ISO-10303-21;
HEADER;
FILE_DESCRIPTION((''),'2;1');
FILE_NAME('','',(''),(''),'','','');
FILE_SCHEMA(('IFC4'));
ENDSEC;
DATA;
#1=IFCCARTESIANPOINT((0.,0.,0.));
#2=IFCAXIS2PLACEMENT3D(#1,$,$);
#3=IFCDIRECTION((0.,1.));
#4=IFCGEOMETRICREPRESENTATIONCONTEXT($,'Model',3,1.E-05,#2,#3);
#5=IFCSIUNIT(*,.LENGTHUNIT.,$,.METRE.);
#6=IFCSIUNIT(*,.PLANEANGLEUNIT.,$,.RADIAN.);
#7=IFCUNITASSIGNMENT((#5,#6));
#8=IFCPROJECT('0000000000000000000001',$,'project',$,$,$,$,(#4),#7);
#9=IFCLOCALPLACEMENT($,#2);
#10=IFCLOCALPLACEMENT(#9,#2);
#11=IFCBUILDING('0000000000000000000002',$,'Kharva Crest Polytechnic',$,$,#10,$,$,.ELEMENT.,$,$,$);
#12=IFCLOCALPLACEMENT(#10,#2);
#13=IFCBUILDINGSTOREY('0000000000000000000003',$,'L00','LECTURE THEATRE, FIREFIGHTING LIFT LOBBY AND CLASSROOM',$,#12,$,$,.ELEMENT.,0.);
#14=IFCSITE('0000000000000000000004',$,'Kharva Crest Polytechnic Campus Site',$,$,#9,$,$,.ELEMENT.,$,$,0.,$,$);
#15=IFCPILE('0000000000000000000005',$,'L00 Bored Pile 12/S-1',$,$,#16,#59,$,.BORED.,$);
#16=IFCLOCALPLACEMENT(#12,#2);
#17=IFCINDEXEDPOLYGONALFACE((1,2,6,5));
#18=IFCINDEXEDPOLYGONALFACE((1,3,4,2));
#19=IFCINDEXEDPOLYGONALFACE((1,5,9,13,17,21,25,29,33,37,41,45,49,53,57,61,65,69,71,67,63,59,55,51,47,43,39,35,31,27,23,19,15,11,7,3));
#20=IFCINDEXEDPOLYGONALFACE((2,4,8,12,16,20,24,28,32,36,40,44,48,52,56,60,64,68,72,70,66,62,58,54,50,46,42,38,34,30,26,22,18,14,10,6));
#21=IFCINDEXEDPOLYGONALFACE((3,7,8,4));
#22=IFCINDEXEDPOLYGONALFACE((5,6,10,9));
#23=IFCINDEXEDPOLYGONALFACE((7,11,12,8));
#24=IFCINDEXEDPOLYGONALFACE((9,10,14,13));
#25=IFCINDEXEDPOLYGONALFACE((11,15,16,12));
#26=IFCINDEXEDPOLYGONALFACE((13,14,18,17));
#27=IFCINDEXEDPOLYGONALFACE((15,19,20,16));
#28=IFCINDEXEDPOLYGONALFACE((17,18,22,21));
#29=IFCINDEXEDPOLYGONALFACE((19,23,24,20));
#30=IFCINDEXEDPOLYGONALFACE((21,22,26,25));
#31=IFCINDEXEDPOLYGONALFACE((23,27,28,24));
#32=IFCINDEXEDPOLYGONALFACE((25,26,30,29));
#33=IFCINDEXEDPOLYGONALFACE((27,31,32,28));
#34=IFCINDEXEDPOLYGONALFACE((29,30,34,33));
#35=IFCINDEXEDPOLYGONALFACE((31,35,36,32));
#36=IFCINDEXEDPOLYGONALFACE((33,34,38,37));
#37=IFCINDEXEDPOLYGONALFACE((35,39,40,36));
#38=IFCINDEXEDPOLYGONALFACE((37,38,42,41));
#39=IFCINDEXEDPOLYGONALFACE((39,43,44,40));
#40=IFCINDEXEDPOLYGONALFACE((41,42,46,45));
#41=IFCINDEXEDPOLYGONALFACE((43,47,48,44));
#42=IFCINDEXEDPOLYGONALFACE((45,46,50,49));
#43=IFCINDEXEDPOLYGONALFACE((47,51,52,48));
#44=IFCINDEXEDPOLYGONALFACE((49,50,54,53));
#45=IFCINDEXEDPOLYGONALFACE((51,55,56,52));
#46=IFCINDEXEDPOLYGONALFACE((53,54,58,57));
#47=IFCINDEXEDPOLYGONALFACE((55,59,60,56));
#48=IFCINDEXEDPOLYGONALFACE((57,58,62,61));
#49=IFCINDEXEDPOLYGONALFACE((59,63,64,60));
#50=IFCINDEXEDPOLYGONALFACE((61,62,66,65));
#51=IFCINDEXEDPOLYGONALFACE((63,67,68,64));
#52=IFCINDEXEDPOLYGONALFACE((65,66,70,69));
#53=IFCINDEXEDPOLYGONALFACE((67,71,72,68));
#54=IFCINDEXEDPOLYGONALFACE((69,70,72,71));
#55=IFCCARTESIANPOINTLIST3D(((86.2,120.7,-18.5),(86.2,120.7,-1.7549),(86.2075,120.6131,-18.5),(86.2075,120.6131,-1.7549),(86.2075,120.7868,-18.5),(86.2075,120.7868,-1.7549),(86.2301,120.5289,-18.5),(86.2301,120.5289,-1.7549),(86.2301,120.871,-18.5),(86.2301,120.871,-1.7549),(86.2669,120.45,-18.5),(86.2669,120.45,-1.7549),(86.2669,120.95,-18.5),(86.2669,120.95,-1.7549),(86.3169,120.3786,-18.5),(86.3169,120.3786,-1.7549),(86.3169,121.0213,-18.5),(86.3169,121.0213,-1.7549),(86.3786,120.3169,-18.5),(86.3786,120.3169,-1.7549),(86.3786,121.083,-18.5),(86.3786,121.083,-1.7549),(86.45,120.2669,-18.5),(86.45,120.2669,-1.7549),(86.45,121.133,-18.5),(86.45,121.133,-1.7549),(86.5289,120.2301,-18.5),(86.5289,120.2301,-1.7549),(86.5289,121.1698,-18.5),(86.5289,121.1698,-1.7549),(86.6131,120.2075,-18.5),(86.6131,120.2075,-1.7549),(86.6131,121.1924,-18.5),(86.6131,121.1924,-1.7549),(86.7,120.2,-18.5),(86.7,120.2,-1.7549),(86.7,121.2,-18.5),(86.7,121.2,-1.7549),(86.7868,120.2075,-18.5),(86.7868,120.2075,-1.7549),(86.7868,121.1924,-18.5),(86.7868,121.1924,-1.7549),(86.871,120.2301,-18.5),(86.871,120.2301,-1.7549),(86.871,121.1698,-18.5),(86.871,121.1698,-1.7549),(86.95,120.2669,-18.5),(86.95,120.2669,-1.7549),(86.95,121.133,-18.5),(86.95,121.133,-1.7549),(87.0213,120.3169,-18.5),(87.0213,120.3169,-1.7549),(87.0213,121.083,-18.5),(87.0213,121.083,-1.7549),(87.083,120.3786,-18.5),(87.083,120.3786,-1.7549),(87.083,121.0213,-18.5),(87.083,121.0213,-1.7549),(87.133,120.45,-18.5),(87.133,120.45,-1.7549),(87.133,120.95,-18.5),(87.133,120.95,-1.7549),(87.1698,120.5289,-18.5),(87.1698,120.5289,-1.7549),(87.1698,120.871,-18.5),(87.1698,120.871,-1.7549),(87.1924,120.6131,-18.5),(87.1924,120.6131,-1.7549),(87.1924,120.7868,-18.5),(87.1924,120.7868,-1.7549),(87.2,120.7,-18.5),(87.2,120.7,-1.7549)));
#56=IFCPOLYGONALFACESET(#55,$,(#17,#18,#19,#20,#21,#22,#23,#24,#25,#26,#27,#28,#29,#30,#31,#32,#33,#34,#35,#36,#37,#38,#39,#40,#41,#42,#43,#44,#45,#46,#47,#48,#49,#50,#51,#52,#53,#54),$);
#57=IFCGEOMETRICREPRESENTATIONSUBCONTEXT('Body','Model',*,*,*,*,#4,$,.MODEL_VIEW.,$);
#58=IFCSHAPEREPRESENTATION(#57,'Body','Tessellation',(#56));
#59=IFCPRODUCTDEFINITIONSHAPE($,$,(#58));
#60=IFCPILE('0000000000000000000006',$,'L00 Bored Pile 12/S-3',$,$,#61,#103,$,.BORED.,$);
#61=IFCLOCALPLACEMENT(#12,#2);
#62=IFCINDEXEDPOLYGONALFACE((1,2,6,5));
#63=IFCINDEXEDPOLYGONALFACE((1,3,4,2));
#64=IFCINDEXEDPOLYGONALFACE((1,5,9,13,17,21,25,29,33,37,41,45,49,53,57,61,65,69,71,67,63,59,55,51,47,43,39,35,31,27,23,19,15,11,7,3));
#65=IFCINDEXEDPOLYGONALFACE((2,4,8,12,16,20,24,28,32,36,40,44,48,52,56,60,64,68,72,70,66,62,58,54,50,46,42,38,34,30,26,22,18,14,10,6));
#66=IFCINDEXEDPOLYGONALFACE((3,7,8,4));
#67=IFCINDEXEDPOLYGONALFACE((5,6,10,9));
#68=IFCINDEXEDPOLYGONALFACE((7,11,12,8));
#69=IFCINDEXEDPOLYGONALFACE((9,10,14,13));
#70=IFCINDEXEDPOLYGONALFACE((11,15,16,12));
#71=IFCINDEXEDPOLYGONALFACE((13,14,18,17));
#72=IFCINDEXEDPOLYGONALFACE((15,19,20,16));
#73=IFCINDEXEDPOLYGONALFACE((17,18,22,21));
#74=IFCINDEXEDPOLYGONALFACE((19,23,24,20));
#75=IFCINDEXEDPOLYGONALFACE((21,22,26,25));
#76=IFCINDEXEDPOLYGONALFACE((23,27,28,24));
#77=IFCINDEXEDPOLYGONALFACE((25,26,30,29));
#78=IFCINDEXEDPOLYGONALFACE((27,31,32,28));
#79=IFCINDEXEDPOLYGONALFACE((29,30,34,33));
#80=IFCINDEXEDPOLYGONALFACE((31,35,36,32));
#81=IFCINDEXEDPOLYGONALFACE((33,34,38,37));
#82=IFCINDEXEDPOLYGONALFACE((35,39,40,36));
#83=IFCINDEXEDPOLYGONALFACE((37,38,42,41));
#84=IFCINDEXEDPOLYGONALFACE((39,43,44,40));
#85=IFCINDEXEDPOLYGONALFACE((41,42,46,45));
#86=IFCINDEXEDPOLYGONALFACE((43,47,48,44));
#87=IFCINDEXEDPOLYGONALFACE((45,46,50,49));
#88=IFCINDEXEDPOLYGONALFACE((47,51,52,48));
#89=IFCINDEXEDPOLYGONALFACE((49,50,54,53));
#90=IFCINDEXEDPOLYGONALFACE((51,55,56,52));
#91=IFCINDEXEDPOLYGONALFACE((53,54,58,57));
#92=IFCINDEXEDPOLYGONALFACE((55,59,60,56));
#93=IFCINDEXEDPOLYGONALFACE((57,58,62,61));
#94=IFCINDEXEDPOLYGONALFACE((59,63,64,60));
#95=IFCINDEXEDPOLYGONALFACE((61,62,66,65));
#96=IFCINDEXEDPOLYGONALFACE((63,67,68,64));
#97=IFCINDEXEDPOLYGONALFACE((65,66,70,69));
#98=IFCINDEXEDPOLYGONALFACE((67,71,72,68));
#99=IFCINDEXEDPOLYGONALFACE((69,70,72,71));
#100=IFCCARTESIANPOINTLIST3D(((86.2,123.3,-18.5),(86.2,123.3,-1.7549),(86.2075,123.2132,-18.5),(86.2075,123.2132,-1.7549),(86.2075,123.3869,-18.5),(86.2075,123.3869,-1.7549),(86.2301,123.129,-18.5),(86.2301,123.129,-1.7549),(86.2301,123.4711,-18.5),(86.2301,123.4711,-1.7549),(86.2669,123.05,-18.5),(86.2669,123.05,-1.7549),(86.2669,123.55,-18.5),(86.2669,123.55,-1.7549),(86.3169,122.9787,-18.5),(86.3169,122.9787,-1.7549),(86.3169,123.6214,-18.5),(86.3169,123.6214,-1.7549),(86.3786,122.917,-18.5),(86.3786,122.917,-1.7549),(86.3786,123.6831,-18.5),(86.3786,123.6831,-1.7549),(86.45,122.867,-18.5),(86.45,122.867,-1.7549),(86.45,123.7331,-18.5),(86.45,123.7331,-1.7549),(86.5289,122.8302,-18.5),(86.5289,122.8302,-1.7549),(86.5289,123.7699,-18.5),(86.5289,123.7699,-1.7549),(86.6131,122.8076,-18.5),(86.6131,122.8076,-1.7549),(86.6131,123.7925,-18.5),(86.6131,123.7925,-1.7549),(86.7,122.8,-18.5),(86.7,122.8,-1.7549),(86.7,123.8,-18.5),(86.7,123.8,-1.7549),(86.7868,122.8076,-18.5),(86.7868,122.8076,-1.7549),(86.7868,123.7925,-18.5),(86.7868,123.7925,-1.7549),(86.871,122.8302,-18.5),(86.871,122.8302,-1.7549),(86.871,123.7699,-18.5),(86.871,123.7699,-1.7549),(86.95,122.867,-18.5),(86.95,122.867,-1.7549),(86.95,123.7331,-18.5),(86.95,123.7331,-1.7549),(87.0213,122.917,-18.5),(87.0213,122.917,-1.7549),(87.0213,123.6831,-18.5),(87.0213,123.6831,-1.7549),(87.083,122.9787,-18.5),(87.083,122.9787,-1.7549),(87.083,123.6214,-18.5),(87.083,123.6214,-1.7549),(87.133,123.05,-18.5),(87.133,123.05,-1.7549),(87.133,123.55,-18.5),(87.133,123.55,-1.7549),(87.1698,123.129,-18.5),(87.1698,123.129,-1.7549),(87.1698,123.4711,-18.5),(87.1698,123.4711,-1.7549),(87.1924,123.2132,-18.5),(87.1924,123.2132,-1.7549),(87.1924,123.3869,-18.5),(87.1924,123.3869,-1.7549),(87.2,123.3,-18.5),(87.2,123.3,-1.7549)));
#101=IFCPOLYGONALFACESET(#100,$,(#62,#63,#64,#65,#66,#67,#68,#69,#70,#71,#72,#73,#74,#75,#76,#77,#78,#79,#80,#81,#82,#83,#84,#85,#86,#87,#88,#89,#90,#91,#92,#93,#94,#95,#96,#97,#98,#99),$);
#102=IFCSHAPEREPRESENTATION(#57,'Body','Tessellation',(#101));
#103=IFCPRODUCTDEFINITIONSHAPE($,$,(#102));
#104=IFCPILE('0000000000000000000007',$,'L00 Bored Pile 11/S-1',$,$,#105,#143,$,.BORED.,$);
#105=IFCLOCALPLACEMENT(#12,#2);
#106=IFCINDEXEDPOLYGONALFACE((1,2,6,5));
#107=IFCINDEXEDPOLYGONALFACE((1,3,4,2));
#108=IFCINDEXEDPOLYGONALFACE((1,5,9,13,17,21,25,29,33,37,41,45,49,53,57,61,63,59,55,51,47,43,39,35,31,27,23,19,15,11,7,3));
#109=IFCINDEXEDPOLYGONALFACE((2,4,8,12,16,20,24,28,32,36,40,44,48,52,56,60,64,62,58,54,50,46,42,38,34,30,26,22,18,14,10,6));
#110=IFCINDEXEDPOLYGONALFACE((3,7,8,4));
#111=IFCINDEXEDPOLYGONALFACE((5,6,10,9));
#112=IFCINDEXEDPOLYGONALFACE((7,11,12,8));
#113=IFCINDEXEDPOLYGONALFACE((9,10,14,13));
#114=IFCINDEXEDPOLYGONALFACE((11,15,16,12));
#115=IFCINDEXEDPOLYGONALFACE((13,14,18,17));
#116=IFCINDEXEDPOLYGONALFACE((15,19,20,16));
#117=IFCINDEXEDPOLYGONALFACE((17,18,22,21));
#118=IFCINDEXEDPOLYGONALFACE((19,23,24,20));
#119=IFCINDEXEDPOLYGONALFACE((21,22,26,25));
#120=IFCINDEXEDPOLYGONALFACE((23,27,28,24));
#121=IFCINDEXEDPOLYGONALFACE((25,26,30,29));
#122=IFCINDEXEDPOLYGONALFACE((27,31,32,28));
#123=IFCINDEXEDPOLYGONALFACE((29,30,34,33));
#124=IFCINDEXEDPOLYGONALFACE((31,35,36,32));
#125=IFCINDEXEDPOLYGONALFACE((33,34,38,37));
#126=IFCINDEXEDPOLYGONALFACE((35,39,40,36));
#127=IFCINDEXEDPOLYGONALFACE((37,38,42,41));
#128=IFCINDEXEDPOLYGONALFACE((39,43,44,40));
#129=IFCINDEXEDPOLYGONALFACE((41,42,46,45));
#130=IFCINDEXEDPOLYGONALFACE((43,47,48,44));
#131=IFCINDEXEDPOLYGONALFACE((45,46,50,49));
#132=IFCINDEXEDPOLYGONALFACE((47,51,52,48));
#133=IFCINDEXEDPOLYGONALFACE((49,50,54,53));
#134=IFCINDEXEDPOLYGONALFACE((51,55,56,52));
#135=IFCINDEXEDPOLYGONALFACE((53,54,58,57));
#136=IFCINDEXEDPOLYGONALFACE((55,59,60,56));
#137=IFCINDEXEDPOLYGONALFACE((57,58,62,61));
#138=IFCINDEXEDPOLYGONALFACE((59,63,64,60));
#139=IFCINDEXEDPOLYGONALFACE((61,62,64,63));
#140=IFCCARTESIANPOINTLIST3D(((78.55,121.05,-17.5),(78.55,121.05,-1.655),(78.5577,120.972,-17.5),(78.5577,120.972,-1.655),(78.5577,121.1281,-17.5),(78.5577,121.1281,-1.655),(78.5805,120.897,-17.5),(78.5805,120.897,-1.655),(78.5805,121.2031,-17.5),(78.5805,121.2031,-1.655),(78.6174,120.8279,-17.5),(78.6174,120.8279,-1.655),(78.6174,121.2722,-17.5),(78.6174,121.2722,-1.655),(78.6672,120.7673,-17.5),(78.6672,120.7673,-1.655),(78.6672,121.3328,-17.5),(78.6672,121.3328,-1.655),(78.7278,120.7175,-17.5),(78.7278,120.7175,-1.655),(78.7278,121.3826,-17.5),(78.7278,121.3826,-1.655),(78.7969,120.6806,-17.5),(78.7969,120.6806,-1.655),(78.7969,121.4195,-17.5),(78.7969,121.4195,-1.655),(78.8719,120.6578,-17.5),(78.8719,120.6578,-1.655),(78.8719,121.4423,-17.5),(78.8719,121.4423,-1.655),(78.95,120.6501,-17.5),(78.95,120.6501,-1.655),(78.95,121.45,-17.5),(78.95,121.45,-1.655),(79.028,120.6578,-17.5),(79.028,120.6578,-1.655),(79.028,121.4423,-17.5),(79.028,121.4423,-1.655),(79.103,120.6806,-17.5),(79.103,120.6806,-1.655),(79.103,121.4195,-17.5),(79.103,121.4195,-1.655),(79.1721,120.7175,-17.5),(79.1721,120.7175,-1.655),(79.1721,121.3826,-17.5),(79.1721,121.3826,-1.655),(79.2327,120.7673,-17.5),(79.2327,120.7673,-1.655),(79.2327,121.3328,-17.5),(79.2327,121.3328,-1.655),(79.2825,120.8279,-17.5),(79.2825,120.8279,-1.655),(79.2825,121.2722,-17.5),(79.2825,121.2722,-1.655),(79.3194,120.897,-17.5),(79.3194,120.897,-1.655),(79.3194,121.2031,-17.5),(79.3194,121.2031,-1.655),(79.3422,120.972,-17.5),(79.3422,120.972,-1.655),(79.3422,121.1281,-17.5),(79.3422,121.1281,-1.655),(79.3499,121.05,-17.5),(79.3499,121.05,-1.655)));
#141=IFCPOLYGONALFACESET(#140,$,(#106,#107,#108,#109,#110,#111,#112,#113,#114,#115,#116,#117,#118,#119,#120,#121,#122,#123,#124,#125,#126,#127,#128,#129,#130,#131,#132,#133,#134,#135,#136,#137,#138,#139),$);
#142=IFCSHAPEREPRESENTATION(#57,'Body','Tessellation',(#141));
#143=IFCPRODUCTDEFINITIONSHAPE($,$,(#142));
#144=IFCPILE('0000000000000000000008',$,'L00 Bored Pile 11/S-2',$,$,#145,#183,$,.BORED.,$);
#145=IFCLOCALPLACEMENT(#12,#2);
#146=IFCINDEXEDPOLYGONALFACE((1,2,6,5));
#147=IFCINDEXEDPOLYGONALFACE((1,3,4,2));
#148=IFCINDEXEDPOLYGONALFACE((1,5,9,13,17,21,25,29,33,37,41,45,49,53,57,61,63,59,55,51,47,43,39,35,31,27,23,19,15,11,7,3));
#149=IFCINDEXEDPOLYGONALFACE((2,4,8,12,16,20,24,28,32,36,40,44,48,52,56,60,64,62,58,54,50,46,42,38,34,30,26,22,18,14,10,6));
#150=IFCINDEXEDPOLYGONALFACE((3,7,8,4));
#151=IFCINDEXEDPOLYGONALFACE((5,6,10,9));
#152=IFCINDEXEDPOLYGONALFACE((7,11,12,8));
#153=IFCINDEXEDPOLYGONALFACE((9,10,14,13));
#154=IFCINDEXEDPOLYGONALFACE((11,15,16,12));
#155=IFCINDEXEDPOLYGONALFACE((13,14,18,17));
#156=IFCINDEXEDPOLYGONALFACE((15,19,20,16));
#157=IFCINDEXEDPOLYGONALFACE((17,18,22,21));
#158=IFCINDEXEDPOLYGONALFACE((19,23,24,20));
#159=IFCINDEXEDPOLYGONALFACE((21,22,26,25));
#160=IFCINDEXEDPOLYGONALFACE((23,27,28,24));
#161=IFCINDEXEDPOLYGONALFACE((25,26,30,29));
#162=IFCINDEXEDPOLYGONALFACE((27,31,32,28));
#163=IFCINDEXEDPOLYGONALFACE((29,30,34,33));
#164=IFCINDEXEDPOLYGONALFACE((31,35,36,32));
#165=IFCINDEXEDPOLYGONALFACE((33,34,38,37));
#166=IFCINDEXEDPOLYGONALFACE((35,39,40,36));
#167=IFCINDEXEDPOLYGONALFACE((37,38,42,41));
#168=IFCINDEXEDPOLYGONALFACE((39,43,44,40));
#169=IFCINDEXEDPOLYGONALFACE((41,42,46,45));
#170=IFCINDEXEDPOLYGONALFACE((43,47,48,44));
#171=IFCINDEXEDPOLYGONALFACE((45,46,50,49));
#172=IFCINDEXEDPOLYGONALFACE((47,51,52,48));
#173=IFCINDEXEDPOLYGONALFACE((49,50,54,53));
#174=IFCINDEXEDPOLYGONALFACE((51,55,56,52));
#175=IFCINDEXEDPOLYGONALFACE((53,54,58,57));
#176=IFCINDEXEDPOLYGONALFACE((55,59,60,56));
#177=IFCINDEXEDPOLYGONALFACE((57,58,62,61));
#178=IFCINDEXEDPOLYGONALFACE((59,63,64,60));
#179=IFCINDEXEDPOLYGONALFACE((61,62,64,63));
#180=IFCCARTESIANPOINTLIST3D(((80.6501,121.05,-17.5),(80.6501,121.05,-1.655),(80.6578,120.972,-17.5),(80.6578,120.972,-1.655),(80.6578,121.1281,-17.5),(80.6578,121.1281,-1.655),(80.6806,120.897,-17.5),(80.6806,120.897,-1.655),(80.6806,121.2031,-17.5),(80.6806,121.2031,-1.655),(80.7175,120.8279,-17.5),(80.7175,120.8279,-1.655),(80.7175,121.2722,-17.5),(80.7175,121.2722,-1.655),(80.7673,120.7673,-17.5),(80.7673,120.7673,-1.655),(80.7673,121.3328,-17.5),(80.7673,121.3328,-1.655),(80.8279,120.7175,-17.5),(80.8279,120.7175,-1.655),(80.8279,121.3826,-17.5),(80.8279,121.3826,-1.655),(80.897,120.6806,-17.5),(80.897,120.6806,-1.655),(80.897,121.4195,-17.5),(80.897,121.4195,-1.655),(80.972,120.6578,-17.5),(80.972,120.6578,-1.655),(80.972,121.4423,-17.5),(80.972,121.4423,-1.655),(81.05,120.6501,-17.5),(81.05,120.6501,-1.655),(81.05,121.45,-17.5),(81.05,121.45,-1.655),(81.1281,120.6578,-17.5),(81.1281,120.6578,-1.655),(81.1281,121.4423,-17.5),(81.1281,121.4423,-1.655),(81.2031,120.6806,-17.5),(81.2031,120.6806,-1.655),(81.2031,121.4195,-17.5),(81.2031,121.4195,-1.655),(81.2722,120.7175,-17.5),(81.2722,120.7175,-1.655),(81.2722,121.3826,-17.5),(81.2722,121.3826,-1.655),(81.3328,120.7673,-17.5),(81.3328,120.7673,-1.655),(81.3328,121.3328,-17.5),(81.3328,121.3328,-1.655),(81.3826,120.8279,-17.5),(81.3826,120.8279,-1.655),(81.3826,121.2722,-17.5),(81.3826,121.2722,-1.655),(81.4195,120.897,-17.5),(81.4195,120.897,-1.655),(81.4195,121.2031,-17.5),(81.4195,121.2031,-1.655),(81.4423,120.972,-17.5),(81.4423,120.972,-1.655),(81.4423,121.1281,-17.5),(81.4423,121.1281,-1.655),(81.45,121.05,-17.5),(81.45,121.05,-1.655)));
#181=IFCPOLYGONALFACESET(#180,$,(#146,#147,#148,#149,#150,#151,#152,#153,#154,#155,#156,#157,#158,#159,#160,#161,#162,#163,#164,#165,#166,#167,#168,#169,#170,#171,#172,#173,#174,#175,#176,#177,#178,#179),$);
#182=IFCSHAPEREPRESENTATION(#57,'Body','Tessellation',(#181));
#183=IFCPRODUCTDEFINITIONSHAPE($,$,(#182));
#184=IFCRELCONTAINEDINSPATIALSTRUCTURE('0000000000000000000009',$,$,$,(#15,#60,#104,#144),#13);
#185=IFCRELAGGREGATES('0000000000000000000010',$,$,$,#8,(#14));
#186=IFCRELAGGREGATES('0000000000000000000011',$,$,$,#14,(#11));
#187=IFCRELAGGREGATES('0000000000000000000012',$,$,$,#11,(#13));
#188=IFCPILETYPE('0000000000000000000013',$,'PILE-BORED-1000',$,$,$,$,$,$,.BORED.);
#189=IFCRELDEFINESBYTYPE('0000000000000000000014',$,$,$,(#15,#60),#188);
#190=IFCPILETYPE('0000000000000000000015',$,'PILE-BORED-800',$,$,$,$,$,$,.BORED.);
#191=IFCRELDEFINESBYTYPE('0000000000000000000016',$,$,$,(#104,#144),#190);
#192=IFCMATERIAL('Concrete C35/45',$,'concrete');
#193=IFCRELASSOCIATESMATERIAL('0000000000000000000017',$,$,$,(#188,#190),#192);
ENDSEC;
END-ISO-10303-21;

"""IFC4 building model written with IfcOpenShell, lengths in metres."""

from ifc_helpers import new_model, si_unit, direction, frame, origin, origin_2d, place, context, subcontext, project, spatial, circle, extrude, material, material_profile, profile_set, type_object, element, save


model = new_model("IFC4")

# Units and contexts
model_context = context("Model", 3, precision=1e-05, world=origin(), true_north=direction((0.0, 1.0)))
body_context = subcontext(model_context, "Body", "Model", "MODEL_VIEW")
ifc_project = project(units=[si_unit("LENGTHUNIT", "METRE"), si_unit("PLANEANGLEUNIT", "RADIAN")], contexts=[model_context])

# Site, building, storey
site_placement = place(None, origin())
site = spatial("IfcSite", under=ifc_project, at=site_placement, Name="Kharva Crest Polytechnic Campus Site", CompositionType="ELEMENT", RefElevation=0.0)
building_placement = place(site_placement, origin())
building = spatial("IfcBuilding", under=site, at=building_placement, Name="Kharva Crest Polytechnic", CompositionType="ELEMENT")
storey_placement = place(building_placement, origin())
storey = spatial("IfcBuildingStorey", under=building, at=storey_placement, Name="L00", Description="LECTURE THEATRE, FIREFIGHTING LIFT LOBBY AND CLASSROOM", CompositionType="ELEMENT", Elevation=0.0)

# Shared definitions
ifc_material_1 = material(Name="Concrete C35/45", Category="concrete")

# Piles
ifc_material_profile_1 = material_profile(ifc_material_1, circle(Radius=0.5, at=origin_2d()), Name="DIA 1000")
ifc_profile_set_1 = profile_set([ifc_material_profile_1], Name="Concrete C35/45")
pile_type_1 = type_object("IfcPileType", Name="PILE-BORED-1000", PredefinedType="BORED", material=ifc_profile_set_1)
for number, where, z_axis, x_axis, name in (
    (1, (86.7, 120.7, -1.7549), (0.0, 0.0, -1.0), (1.0, 0.0, 0.0), "L00 Bored Pile 12/S-1"),
    (2, (86.7, 123.3, -1.7549), (0.0, 0.0, -1.0), (1.0, 0.0, 0.0), "L00 Bored Pile 12/S-3"),
):
    element("IfcPile", number, at=place(storey_placement, frame(where, z_axis=z_axis, x_axis=x_axis)), inside=storey, type_object=pile_type_1, Name=name, PredefinedType="BORED", context=body_context, shape_type="SweptSolid", body=[
        extrude(circle(Radius=0.5, at=origin_2d()), origin(), (0.0, 0.0, 1.0), 16.7451),
    ])
ifc_material_profile_2 = material_profile(ifc_material_1, circle(Radius=0.3999, at=origin_2d()), Name="DIA 800")
ifc_profile_set_2 = profile_set([ifc_material_profile_2], Name="Concrete C35/45")
pile_type_2 = type_object("IfcPileType", Name="PILE-BORED-800", PredefinedType="BORED", material=ifc_profile_set_2)
for number, where, z_axis, x_axis, name in (
    (3, (78.95, 121.05, -1.655), (0.0, 0.0, -1.0), (1.0, 0.0, 0.0), "L00 Bored Pile 11/S-1"),
    (4, (81.05, 121.05, -1.655), (0.0, 0.0, -1.0), (1.0, 0.0, 0.0), "L00 Bored Pile 11/S-2"),
):
    element("IfcPile", number, at=place(storey_placement, frame(where, z_axis=z_axis, x_axis=x_axis)), inside=storey, type_object=pile_type_2, Name=name, PredefinedType="BORED", context=body_context, shape_type="SweptSolid", body=[
        extrude(circle(Radius=0.3999, at=origin_2d()), origin(), (0.0, 0.0, 1.0), 15.845),
    ])

save(model, "model.ifc")
